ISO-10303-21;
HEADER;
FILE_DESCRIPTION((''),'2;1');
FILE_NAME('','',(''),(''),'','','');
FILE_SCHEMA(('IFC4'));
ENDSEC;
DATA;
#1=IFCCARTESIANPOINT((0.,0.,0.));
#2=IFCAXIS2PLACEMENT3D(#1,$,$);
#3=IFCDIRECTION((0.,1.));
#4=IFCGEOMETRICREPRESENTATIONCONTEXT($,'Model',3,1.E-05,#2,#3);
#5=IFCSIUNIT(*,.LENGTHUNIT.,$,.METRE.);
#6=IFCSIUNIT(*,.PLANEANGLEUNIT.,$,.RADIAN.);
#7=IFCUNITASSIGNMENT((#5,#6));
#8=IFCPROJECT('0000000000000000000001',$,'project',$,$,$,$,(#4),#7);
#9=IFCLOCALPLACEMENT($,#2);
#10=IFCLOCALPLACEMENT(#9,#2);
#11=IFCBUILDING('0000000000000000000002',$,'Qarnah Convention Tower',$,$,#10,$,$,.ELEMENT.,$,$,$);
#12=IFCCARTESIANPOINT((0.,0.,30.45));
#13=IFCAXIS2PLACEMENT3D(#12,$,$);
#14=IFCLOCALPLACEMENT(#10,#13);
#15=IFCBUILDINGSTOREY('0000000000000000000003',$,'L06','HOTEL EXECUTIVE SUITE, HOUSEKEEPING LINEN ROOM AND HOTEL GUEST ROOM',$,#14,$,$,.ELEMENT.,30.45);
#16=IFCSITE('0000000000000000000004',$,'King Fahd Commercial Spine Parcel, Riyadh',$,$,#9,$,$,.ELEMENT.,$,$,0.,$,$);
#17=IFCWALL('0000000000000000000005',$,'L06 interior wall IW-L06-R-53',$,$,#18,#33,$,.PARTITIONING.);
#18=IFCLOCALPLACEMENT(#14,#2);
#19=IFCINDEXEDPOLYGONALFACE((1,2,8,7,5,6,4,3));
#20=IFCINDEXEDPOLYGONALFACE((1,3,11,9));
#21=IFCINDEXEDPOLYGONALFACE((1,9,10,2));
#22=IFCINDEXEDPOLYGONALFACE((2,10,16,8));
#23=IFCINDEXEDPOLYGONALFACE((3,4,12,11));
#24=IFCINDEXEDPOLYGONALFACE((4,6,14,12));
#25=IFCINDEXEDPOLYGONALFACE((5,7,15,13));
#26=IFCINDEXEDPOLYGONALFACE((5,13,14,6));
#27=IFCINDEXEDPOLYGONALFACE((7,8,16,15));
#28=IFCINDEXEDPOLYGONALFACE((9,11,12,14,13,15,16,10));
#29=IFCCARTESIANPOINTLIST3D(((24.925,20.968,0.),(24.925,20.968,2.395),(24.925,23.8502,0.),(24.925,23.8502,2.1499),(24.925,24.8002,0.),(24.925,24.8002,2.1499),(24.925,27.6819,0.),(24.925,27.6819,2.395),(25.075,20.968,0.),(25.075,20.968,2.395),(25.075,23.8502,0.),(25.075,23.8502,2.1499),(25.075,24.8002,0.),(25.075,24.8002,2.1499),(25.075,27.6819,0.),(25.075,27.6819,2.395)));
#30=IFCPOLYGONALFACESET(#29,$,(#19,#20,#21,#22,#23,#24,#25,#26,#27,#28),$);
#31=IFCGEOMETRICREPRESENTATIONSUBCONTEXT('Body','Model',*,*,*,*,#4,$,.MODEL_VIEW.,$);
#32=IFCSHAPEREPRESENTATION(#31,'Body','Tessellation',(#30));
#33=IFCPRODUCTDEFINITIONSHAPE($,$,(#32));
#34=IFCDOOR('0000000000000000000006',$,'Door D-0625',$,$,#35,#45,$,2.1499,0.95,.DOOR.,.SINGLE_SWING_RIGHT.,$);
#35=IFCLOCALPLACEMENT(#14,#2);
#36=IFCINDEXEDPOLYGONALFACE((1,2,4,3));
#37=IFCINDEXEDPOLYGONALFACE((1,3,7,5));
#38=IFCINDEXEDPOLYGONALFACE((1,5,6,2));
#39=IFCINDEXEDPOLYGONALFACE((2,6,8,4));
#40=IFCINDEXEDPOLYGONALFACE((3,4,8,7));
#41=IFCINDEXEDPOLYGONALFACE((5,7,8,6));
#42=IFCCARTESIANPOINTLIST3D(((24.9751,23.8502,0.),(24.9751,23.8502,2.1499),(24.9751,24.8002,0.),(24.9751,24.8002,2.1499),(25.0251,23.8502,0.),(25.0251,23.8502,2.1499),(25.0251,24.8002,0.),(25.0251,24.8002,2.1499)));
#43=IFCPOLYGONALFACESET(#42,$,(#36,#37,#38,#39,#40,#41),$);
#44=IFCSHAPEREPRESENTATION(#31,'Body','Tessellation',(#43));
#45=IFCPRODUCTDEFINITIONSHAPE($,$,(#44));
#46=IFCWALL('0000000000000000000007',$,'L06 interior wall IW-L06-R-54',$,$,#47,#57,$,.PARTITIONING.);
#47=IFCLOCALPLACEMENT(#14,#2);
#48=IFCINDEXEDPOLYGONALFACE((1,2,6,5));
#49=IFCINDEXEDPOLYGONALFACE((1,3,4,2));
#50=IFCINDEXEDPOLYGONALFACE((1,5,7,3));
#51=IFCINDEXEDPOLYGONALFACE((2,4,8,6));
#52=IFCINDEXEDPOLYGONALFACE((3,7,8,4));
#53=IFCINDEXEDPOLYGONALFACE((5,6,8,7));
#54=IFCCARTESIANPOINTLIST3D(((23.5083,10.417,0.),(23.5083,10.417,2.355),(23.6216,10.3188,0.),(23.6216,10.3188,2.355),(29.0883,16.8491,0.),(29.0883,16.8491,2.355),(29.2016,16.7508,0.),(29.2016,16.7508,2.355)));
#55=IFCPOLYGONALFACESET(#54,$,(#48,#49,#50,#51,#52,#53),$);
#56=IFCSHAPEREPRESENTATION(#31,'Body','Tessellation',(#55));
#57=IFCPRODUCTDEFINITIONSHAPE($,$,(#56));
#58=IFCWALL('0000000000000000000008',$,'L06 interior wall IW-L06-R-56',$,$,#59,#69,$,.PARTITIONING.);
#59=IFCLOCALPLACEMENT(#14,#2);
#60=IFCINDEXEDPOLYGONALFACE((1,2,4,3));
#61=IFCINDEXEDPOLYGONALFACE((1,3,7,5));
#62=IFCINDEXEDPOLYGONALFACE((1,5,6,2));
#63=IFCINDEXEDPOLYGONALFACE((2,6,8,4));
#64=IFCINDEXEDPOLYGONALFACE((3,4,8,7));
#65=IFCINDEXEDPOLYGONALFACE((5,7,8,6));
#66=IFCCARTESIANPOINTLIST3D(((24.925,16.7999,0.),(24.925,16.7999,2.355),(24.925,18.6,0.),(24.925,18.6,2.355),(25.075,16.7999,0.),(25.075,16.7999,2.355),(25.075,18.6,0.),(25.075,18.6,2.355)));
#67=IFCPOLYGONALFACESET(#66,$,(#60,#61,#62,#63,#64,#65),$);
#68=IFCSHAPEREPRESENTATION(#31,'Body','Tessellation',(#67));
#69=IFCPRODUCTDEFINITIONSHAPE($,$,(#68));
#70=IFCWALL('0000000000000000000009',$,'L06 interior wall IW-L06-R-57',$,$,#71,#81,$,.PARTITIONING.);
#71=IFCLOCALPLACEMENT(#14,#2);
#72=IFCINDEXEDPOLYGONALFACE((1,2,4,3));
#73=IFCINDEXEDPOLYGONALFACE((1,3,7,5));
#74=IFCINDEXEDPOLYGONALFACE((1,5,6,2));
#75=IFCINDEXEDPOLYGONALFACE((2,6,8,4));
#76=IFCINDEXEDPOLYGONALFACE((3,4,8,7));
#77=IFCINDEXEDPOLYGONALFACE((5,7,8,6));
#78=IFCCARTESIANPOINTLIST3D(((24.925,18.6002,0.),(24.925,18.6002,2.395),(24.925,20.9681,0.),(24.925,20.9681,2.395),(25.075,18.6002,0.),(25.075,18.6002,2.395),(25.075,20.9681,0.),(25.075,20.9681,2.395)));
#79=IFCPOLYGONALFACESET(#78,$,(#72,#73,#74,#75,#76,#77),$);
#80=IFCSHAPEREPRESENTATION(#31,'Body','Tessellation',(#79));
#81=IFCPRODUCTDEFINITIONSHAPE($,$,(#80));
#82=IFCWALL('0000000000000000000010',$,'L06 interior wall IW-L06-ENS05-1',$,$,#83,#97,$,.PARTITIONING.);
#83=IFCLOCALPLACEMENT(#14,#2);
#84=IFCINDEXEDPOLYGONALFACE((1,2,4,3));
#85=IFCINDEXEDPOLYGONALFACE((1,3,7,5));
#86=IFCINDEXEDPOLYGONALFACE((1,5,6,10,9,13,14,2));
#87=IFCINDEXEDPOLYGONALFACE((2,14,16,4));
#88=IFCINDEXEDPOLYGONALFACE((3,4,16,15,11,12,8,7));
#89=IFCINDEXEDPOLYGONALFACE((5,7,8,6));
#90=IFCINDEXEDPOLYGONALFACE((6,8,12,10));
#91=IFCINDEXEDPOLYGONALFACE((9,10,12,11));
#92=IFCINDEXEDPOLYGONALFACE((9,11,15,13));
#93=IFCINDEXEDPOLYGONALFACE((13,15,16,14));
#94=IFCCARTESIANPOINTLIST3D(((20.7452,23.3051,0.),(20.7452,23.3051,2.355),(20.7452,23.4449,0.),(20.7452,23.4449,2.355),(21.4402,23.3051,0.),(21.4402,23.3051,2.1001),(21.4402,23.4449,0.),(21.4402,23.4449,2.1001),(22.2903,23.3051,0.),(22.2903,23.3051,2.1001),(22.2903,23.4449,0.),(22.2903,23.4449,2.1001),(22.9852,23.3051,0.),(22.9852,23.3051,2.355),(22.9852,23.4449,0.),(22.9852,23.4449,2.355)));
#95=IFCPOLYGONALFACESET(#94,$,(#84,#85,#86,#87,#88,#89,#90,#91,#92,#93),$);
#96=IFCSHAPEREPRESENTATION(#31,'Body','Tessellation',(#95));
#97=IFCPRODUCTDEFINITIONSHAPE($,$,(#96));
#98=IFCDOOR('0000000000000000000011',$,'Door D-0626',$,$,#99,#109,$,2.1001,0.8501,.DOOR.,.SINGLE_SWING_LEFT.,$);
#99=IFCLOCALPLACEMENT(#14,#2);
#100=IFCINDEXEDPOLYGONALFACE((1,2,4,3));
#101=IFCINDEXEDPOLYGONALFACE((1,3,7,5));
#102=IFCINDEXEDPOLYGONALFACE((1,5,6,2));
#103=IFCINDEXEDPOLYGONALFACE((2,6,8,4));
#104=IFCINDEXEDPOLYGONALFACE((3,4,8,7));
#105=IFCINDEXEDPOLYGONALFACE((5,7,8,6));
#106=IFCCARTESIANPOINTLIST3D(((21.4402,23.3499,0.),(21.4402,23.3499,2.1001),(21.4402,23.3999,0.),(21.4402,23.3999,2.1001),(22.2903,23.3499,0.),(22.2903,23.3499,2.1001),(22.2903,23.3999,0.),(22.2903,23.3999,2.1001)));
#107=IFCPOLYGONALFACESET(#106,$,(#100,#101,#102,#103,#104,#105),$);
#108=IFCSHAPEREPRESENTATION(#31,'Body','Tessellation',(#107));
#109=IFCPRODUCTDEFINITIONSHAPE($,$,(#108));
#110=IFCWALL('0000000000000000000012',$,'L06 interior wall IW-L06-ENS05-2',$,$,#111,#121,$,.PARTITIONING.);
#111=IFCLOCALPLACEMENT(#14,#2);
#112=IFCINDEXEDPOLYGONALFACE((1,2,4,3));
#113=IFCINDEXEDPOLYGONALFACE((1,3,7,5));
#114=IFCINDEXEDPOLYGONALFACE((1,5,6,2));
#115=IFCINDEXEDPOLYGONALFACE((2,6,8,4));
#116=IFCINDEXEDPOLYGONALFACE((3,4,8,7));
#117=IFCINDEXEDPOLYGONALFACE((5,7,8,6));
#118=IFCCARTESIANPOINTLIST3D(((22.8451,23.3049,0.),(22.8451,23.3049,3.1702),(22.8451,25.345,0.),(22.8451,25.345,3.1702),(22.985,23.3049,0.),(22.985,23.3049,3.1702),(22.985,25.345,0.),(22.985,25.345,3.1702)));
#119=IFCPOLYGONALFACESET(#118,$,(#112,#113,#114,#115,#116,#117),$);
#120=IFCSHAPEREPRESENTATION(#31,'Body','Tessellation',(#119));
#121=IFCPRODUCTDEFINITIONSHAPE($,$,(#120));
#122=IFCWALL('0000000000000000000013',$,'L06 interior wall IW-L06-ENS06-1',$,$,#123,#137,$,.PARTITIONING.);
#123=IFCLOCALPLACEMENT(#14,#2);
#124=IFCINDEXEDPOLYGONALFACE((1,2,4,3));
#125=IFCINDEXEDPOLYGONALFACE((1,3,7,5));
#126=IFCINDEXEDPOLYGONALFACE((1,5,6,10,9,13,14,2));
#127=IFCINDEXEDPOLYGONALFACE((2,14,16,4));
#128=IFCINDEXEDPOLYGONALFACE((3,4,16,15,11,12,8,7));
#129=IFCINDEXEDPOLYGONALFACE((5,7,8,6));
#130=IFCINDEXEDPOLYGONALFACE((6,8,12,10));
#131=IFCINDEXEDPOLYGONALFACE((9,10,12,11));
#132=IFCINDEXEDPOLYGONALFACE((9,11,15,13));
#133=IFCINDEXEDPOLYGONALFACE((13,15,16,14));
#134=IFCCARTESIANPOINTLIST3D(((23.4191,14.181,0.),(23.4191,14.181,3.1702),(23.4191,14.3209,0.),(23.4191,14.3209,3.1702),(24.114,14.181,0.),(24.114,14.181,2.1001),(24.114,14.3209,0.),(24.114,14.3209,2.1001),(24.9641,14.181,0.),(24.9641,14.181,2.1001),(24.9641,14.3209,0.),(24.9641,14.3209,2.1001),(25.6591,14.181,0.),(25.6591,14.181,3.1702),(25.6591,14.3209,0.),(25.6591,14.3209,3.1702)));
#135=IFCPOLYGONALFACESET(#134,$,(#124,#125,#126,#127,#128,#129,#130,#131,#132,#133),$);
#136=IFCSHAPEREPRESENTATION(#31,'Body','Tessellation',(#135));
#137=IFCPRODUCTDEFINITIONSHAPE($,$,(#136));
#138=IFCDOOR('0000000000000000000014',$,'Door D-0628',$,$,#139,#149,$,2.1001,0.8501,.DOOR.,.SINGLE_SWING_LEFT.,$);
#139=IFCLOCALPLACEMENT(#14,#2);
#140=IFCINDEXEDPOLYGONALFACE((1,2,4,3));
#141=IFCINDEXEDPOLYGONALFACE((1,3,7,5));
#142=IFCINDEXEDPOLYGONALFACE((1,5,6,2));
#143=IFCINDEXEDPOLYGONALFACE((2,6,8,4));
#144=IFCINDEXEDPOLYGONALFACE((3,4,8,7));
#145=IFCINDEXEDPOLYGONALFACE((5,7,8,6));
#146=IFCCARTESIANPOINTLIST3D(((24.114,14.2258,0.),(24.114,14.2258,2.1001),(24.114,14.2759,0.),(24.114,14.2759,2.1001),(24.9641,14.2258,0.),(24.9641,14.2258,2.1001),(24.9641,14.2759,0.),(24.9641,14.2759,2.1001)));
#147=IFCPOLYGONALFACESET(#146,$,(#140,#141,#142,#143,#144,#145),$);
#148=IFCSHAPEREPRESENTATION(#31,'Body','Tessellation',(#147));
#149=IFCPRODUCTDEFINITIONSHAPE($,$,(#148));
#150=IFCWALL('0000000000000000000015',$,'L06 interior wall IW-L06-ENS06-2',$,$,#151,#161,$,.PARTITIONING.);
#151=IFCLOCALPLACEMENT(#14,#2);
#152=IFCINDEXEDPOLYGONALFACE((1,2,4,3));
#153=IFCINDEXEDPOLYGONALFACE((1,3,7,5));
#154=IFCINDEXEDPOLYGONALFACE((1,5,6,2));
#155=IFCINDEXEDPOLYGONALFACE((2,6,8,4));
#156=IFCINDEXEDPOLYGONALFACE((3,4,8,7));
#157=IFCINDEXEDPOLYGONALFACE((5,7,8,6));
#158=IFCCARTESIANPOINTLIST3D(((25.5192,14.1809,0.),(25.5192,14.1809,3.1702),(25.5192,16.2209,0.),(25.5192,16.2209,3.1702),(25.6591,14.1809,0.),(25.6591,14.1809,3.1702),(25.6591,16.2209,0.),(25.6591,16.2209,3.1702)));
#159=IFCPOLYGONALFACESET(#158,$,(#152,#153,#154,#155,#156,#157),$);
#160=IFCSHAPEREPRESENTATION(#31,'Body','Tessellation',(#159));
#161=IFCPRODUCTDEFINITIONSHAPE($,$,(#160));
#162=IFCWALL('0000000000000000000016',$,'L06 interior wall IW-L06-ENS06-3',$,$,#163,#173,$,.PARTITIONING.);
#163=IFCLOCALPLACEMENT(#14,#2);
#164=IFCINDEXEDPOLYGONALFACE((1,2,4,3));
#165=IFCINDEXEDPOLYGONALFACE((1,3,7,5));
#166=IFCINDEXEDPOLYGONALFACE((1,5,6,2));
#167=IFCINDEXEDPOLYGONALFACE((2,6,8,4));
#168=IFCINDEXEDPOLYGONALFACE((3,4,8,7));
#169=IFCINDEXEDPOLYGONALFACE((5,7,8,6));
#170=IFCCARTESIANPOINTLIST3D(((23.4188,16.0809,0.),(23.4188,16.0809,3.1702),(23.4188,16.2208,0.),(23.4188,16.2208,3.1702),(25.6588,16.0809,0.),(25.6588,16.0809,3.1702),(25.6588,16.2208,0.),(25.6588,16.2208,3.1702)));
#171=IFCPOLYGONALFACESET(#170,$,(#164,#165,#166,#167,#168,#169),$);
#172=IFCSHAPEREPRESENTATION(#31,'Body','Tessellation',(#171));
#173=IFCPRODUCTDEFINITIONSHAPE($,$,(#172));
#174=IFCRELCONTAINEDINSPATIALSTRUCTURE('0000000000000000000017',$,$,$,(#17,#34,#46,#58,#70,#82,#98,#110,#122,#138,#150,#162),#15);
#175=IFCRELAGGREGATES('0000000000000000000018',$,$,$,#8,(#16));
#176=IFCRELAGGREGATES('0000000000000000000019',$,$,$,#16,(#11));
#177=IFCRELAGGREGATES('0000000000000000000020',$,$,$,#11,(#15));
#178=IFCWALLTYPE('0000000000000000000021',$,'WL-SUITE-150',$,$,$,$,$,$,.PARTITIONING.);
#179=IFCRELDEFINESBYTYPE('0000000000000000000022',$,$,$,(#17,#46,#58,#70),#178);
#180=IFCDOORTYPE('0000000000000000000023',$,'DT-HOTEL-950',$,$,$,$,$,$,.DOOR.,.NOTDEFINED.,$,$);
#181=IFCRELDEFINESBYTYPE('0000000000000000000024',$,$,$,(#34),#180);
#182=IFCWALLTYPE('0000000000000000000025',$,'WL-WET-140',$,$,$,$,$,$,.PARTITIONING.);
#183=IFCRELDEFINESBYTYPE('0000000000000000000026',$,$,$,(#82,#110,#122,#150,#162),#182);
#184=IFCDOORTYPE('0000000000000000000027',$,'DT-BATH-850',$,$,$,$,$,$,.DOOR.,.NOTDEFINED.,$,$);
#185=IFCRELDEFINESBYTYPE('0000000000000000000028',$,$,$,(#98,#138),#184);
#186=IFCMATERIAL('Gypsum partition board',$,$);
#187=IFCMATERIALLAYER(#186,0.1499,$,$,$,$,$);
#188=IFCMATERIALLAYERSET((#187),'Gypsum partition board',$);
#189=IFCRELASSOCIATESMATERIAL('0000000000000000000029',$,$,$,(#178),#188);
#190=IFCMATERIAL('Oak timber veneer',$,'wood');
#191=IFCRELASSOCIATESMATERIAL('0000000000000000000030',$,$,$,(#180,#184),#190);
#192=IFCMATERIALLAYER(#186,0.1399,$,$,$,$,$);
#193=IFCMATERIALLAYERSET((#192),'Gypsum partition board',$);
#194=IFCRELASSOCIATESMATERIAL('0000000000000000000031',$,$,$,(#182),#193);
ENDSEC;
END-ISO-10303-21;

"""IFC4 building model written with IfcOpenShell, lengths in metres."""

from ifc_helpers import new_model, si_unit, direction, frame, frame_2d, origin, place, context, subcontext, project, spatial, rectangle, extrude, material, layer, layer_set, type_object, element, fill, save


model = new_model("IFC4")

# Units and contexts
model_context = context("Model", 3, precision=1e-05, world=origin(), true_north=direction((0.0, 1.0)))
body_context = subcontext(model_context, "Body", "Model", "MODEL_VIEW")
ifc_project = project(units=[si_unit("LENGTHUNIT", "METRE"), si_unit("PLANEANGLEUNIT", "RADIAN")], contexts=[model_context])

# Site, building, storey
site_placement = place(None, origin())
site = spatial("IfcSite", under=ifc_project, at=site_placement, Name="King Fahd Commercial Spine Parcel, Riyadh", CompositionType="ELEMENT", RefElevation=0.0)
building_placement = place(site_placement, origin())
building = spatial("IfcBuilding", under=site, at=building_placement, Name="Qarnah Convention Tower", CompositionType="ELEMENT")
storey_placement = place(building_placement, frame((0.0, 0.0, 30.45)))
storey = spatial("IfcBuildingStorey", under=building, at=storey_placement, Name="L06", Description="HOTEL EXECUTIVE SUITE, HOUSEKEEPING LINEN ROOM AND HOTEL GUEST ROOM", CompositionType="ELEMENT", Elevation=30.45)

# Shared definitions
ifc_material_1 = material(Name="Gypsum partition board")
ifc_layer_1 = layer(ifc_material_1, 0.1499)
ifc_layer_set_1 = layer_set([ifc_layer_1], Name="Gypsum partition board")
wall_type_1 = type_object("IfcWallType", Name="WL-SUITE-150", PredefinedType="PARTITIONING", material=ifc_layer_set_1)

# Wall, opening, door
wall_1_placement = place(storey_placement, frame((25.0, 20.968, 0.0), z_axis=(0.0, 0.0, 1.0), x_axis=(0.0, 1.0, 0.0)))
wall_1 = element("IfcWall", 1, at=wall_1_placement, inside=storey, type_object=wall_type_1, Name="L06 interior wall IW-L06-R-53", PredefinedType="PARTITIONING", context=body_context, shape_type="SweptSolid", body=[
    extrude(rectangle(XDim=6.7139, YDim=0.1499, at=frame_2d((3.3569, 0.0))), origin(), (0.0, 0.0, 1.0), 2.395),
])
opening_1_placement = place(wall_1_placement, frame((2.8821, 0.0, 0.0)))
opening_1 = element("IfcOpeningElement", 2, at=opening_1_placement, cuts=wall_1, PredefinedType="OPENING", context=body_context, shape_type="SweptSolid", body=[
    extrude(rectangle(XDim=0.95, YDim=2.1499, at=frame_2d((0.4751, 1.075))), frame((0.0, 0.085, 0.0), z_axis=(0.0, -1.0, 0.0), x_axis=(1.0, 0.0, 0.0)), (0.0, 0.0, 1.0), 0.1699),
])
ifc_material_2 = material(Name="Oak timber veneer", Category="wood")
door_type_1 = type_object("IfcDoorType", Name="DT-HOTEL-950", OperationType="NOTDEFINED", PredefinedType="DOOR", material=ifc_material_2)
door_1_placement = place(opening_1_placement, origin())
door_1 = element("IfcDoor", 3, at=door_1_placement, inside=storey, type_object=door_type_1, Name="Door D-0625", OperationType="SINGLE_SWING_RIGHT", OverallHeight=2.1499, OverallWidth=0.95, PredefinedType="DOOR", context=body_context, shape_type="SweptSolid", body=[
    extrude(rectangle(XDim=0.95, YDim=2.1499, at=frame_2d((0.4751, 1.075))), frame((0.0, 0.0249, 0.0), z_axis=(0.0, -1.0, 0.0), x_axis=(1.0, 0.0, 0.0)), (0.0, 0.0, 1.0), 0.05),
])
fill(opening_1, door_1)

# Walls
wall_2_placement = place(storey_placement, frame((23.5649, 10.3679, 0.0), z_axis=(0.0, 0.0, 1.0), x_axis=(0.655304, 0.755365, 0.0)))
element("IfcWall", 4, at=wall_2_placement, inside=storey, type_object=wall_type_1, Name="L06 interior wall IW-L06-R-54", PredefinedType="PARTITIONING", context=body_context, shape_type="SweptSolid", body=[
    extrude(rectangle(XDim=8.5151, YDim=0.1499, at=frame_2d((4.2576, 0.0))), origin(), (0.0, 0.0, 1.0), 2.355),
])
wall_3_placement = place(storey_placement, frame((25.0, 16.8, 0.0), z_axis=(0.0, 0.0, 1.0), x_axis=(0.0, 1.0, 0.0)))
element("IfcWall", 5, at=wall_3_placement, inside=storey, type_object=wall_type_1, Name="L06 interior wall IW-L06-R-56", PredefinedType="PARTITIONING", context=body_context, shape_type="SweptSolid", body=[
    extrude(rectangle(XDim=1.8, YDim=0.1499, at=frame_2d((0.8999, 0.0))), origin(), (0.0, 0.0, 1.0), 2.355),
])
wall_4_placement = place(storey_placement, frame((25.0, 18.6001, 0.0), z_axis=(0.0, 0.0, 1.0), x_axis=(0.0, 1.0, 0.0)))
element("IfcWall", 6, at=wall_4_placement, inside=storey, type_object=wall_type_1, Name="L06 interior wall IW-L06-R-57", PredefinedType="PARTITIONING", context=body_context, shape_type="SweptSolid", body=[
    extrude(rectangle(XDim=2.3679, YDim=0.1499, at=frame_2d((1.1841, 0.0))), origin(), (0.0, 0.0, 1.0), 2.395),
])

# Wall, opening, door
ifc_layer_2 = layer(ifc_material_1, 0.1399)
ifc_layer_set_2 = layer_set([ifc_layer_2], Name="Gypsum partition board")
wall_type_2 = type_object("IfcWallType", Name="WL-WET-140", PredefinedType="PARTITIONING", material=ifc_layer_set_2)
wall_5_placement = place(storey_placement, frame((20.7451, 23.375, 0.0), z_axis=(0.0, 0.0, 1.0), x_axis=(1.0, 0.0, 0.0)))
wall_5 = element("IfcWall", 7, at=wall_5_placement, inside=storey, type_object=wall_type_2, Name="L06 interior wall IW-L06-ENS05-1", PredefinedType="PARTITIONING", context=body_context, shape_type="SweptSolid", body=[
    extrude(rectangle(XDim=2.24, YDim=0.1399, at=frame_2d((1.1201, 0.0))), origin(), (0.0, 0.0, 1.0), 2.355),
])
opening_2_placement = place(wall_5_placement, frame((0.6951, 0.0, 0.0)))
opening_2 = element("IfcOpeningElement", 8, at=opening_2_placement, cuts=wall_5, PredefinedType="OPENING", context=body_context, shape_type="SweptSolid", body=[
    extrude(rectangle(XDim=0.8501, YDim=2.1001, at=frame_2d((0.425, 1.05))), frame((0.0, 0.0798, 0.0), z_axis=(0.0, -1.0, 0.0), x_axis=(1.0, 0.0, 0.0)), (0.0, 0.0, 1.0), 0.1599),
])
door_type_2 = type_object("IfcDoorType", Name="DT-BATH-850", OperationType="NOTDEFINED", PredefinedType="DOOR", material=ifc_material_2)
door_2_placement = place(opening_2_placement, origin())
door_2 = element("IfcDoor", 9, at=door_2_placement, inside=storey, type_object=door_type_2, Name="Door D-0626", OperationType="SINGLE_SWING_LEFT", OverallHeight=2.1001, OverallWidth=0.8501, PredefinedType="DOOR", context=body_context, shape_type="SweptSolid", body=[
    extrude(rectangle(XDim=0.8501, YDim=2.1001, at=frame_2d((0.425, 1.05))), frame((0.0, 0.0249, 0.0), z_axis=(0.0, -1.0, 0.0), x_axis=(1.0, 0.0, 0.0)), (0.0, 0.0, 1.0), 0.05),
])
fill(opening_2, door_2)

# Wall
wall_6_placement = place(storey_placement, frame((22.915, 23.3049, 0.0), z_axis=(0.0, 0.0, 1.0), x_axis=(0.0, 1.0, 0.0)))
element("IfcWall", 10, at=wall_6_placement, inside=storey, type_object=wall_type_2, Name="L06 interior wall IW-L06-ENS05-2", PredefinedType="PARTITIONING", context=body_context, shape_type="SweptSolid", body=[
    extrude(rectangle(XDim=2.04, YDim=0.1399, at=frame_2d((1.02, 0.0))), origin(), (0.0, 0.0, 1.0), 3.1702),
])

# Wall, opening, door
wall_7_placement = place(storey_placement, frame((23.4189, 14.251, 0.0), z_axis=(0.0, 0.0, 1.0), x_axis=(1.0, 0.0, 0.0)))
wall_7 = element("IfcWall", 11, at=wall_7_placement, inside=storey, type_object=wall_type_2, Name="L06 interior wall IW-L06-ENS06-1", PredefinedType="PARTITIONING", context=body_context, shape_type="SweptSolid", body=[
    extrude(rectangle(XDim=2.24, YDim=0.1399, at=frame_2d((1.1201, 0.0))), origin(), (0.0, 0.0, 1.0), 3.1702),
])
opening_3_placement = place(wall_7_placement, frame((0.6951, 0.0, 0.0)))
opening_3 = element("IfcOpeningElement", 12, at=opening_3_placement, cuts=wall_7, PredefinedType="OPENING", context=body_context, shape_type="SweptSolid", body=[
    extrude(rectangle(XDim=0.8501, YDim=2.1001, at=frame_2d((0.425, 1.05))), frame((0.0, 0.0798, 0.0), z_axis=(0.0, -1.0, 0.0), x_axis=(1.0, 0.0, 0.0)), (0.0, 0.0, 1.0), 0.1599),
])
door_3_placement = place(opening_3_placement, origin())
door_3 = element("IfcDoor", 13, at=door_3_placement, inside=storey, type_object=door_type_2, Name="Door D-0628", OperationType="SINGLE_SWING_LEFT", OverallHeight=2.1001, OverallWidth=0.8501, PredefinedType="DOOR", context=body_context, shape_type="SweptSolid", body=[
    extrude(rectangle(XDim=0.8501, YDim=2.1001, at=frame_2d((0.425, 1.05))), frame((0.0, 0.0249, 0.0), z_axis=(0.0, -1.0, 0.0), x_axis=(1.0, 0.0, 0.0)), (0.0, 0.0, 1.0), 0.05),
])
fill(opening_3, door_3)

# Walls
wall_8_placement = place(storey_placement, frame((25.5891, 14.1809, 0.0), z_axis=(0.0, 0.0, 1.0), x_axis=(0.0, 1.0, 0.0)))
element("IfcWall", 14, at=wall_8_placement, inside=storey, type_object=wall_type_2, Name="L06 interior wall IW-L06-ENS06-2", PredefinedType="PARTITIONING", context=body_context, shape_type="SweptSolid", body=[
    extrude(rectangle(XDim=2.04, YDim=0.1399, at=frame_2d((1.02, 0.0))), origin(), (0.0, 0.0, 1.0), 3.1702),
])
wall_9_placement = place(storey_placement, frame((25.6589, 16.1509, 0.0), z_axis=(0.0, 0.0, 1.0), x_axis=(-1.0, 0.0, 0.0)))
element("IfcWall", 15, at=wall_9_placement, inside=storey, type_object=wall_type_2, Name="L06 interior wall IW-L06-ENS06-3", PredefinedType="PARTITIONING", context=body_context, shape_type="SweptSolid", body=[
    extrude(rectangle(XDim=2.24, YDim=0.1399, at=frame_2d((1.1201, 0.0))), origin(), (0.0, 0.0, 1.0), 3.1702),
])

save(model, "model.ifc")
